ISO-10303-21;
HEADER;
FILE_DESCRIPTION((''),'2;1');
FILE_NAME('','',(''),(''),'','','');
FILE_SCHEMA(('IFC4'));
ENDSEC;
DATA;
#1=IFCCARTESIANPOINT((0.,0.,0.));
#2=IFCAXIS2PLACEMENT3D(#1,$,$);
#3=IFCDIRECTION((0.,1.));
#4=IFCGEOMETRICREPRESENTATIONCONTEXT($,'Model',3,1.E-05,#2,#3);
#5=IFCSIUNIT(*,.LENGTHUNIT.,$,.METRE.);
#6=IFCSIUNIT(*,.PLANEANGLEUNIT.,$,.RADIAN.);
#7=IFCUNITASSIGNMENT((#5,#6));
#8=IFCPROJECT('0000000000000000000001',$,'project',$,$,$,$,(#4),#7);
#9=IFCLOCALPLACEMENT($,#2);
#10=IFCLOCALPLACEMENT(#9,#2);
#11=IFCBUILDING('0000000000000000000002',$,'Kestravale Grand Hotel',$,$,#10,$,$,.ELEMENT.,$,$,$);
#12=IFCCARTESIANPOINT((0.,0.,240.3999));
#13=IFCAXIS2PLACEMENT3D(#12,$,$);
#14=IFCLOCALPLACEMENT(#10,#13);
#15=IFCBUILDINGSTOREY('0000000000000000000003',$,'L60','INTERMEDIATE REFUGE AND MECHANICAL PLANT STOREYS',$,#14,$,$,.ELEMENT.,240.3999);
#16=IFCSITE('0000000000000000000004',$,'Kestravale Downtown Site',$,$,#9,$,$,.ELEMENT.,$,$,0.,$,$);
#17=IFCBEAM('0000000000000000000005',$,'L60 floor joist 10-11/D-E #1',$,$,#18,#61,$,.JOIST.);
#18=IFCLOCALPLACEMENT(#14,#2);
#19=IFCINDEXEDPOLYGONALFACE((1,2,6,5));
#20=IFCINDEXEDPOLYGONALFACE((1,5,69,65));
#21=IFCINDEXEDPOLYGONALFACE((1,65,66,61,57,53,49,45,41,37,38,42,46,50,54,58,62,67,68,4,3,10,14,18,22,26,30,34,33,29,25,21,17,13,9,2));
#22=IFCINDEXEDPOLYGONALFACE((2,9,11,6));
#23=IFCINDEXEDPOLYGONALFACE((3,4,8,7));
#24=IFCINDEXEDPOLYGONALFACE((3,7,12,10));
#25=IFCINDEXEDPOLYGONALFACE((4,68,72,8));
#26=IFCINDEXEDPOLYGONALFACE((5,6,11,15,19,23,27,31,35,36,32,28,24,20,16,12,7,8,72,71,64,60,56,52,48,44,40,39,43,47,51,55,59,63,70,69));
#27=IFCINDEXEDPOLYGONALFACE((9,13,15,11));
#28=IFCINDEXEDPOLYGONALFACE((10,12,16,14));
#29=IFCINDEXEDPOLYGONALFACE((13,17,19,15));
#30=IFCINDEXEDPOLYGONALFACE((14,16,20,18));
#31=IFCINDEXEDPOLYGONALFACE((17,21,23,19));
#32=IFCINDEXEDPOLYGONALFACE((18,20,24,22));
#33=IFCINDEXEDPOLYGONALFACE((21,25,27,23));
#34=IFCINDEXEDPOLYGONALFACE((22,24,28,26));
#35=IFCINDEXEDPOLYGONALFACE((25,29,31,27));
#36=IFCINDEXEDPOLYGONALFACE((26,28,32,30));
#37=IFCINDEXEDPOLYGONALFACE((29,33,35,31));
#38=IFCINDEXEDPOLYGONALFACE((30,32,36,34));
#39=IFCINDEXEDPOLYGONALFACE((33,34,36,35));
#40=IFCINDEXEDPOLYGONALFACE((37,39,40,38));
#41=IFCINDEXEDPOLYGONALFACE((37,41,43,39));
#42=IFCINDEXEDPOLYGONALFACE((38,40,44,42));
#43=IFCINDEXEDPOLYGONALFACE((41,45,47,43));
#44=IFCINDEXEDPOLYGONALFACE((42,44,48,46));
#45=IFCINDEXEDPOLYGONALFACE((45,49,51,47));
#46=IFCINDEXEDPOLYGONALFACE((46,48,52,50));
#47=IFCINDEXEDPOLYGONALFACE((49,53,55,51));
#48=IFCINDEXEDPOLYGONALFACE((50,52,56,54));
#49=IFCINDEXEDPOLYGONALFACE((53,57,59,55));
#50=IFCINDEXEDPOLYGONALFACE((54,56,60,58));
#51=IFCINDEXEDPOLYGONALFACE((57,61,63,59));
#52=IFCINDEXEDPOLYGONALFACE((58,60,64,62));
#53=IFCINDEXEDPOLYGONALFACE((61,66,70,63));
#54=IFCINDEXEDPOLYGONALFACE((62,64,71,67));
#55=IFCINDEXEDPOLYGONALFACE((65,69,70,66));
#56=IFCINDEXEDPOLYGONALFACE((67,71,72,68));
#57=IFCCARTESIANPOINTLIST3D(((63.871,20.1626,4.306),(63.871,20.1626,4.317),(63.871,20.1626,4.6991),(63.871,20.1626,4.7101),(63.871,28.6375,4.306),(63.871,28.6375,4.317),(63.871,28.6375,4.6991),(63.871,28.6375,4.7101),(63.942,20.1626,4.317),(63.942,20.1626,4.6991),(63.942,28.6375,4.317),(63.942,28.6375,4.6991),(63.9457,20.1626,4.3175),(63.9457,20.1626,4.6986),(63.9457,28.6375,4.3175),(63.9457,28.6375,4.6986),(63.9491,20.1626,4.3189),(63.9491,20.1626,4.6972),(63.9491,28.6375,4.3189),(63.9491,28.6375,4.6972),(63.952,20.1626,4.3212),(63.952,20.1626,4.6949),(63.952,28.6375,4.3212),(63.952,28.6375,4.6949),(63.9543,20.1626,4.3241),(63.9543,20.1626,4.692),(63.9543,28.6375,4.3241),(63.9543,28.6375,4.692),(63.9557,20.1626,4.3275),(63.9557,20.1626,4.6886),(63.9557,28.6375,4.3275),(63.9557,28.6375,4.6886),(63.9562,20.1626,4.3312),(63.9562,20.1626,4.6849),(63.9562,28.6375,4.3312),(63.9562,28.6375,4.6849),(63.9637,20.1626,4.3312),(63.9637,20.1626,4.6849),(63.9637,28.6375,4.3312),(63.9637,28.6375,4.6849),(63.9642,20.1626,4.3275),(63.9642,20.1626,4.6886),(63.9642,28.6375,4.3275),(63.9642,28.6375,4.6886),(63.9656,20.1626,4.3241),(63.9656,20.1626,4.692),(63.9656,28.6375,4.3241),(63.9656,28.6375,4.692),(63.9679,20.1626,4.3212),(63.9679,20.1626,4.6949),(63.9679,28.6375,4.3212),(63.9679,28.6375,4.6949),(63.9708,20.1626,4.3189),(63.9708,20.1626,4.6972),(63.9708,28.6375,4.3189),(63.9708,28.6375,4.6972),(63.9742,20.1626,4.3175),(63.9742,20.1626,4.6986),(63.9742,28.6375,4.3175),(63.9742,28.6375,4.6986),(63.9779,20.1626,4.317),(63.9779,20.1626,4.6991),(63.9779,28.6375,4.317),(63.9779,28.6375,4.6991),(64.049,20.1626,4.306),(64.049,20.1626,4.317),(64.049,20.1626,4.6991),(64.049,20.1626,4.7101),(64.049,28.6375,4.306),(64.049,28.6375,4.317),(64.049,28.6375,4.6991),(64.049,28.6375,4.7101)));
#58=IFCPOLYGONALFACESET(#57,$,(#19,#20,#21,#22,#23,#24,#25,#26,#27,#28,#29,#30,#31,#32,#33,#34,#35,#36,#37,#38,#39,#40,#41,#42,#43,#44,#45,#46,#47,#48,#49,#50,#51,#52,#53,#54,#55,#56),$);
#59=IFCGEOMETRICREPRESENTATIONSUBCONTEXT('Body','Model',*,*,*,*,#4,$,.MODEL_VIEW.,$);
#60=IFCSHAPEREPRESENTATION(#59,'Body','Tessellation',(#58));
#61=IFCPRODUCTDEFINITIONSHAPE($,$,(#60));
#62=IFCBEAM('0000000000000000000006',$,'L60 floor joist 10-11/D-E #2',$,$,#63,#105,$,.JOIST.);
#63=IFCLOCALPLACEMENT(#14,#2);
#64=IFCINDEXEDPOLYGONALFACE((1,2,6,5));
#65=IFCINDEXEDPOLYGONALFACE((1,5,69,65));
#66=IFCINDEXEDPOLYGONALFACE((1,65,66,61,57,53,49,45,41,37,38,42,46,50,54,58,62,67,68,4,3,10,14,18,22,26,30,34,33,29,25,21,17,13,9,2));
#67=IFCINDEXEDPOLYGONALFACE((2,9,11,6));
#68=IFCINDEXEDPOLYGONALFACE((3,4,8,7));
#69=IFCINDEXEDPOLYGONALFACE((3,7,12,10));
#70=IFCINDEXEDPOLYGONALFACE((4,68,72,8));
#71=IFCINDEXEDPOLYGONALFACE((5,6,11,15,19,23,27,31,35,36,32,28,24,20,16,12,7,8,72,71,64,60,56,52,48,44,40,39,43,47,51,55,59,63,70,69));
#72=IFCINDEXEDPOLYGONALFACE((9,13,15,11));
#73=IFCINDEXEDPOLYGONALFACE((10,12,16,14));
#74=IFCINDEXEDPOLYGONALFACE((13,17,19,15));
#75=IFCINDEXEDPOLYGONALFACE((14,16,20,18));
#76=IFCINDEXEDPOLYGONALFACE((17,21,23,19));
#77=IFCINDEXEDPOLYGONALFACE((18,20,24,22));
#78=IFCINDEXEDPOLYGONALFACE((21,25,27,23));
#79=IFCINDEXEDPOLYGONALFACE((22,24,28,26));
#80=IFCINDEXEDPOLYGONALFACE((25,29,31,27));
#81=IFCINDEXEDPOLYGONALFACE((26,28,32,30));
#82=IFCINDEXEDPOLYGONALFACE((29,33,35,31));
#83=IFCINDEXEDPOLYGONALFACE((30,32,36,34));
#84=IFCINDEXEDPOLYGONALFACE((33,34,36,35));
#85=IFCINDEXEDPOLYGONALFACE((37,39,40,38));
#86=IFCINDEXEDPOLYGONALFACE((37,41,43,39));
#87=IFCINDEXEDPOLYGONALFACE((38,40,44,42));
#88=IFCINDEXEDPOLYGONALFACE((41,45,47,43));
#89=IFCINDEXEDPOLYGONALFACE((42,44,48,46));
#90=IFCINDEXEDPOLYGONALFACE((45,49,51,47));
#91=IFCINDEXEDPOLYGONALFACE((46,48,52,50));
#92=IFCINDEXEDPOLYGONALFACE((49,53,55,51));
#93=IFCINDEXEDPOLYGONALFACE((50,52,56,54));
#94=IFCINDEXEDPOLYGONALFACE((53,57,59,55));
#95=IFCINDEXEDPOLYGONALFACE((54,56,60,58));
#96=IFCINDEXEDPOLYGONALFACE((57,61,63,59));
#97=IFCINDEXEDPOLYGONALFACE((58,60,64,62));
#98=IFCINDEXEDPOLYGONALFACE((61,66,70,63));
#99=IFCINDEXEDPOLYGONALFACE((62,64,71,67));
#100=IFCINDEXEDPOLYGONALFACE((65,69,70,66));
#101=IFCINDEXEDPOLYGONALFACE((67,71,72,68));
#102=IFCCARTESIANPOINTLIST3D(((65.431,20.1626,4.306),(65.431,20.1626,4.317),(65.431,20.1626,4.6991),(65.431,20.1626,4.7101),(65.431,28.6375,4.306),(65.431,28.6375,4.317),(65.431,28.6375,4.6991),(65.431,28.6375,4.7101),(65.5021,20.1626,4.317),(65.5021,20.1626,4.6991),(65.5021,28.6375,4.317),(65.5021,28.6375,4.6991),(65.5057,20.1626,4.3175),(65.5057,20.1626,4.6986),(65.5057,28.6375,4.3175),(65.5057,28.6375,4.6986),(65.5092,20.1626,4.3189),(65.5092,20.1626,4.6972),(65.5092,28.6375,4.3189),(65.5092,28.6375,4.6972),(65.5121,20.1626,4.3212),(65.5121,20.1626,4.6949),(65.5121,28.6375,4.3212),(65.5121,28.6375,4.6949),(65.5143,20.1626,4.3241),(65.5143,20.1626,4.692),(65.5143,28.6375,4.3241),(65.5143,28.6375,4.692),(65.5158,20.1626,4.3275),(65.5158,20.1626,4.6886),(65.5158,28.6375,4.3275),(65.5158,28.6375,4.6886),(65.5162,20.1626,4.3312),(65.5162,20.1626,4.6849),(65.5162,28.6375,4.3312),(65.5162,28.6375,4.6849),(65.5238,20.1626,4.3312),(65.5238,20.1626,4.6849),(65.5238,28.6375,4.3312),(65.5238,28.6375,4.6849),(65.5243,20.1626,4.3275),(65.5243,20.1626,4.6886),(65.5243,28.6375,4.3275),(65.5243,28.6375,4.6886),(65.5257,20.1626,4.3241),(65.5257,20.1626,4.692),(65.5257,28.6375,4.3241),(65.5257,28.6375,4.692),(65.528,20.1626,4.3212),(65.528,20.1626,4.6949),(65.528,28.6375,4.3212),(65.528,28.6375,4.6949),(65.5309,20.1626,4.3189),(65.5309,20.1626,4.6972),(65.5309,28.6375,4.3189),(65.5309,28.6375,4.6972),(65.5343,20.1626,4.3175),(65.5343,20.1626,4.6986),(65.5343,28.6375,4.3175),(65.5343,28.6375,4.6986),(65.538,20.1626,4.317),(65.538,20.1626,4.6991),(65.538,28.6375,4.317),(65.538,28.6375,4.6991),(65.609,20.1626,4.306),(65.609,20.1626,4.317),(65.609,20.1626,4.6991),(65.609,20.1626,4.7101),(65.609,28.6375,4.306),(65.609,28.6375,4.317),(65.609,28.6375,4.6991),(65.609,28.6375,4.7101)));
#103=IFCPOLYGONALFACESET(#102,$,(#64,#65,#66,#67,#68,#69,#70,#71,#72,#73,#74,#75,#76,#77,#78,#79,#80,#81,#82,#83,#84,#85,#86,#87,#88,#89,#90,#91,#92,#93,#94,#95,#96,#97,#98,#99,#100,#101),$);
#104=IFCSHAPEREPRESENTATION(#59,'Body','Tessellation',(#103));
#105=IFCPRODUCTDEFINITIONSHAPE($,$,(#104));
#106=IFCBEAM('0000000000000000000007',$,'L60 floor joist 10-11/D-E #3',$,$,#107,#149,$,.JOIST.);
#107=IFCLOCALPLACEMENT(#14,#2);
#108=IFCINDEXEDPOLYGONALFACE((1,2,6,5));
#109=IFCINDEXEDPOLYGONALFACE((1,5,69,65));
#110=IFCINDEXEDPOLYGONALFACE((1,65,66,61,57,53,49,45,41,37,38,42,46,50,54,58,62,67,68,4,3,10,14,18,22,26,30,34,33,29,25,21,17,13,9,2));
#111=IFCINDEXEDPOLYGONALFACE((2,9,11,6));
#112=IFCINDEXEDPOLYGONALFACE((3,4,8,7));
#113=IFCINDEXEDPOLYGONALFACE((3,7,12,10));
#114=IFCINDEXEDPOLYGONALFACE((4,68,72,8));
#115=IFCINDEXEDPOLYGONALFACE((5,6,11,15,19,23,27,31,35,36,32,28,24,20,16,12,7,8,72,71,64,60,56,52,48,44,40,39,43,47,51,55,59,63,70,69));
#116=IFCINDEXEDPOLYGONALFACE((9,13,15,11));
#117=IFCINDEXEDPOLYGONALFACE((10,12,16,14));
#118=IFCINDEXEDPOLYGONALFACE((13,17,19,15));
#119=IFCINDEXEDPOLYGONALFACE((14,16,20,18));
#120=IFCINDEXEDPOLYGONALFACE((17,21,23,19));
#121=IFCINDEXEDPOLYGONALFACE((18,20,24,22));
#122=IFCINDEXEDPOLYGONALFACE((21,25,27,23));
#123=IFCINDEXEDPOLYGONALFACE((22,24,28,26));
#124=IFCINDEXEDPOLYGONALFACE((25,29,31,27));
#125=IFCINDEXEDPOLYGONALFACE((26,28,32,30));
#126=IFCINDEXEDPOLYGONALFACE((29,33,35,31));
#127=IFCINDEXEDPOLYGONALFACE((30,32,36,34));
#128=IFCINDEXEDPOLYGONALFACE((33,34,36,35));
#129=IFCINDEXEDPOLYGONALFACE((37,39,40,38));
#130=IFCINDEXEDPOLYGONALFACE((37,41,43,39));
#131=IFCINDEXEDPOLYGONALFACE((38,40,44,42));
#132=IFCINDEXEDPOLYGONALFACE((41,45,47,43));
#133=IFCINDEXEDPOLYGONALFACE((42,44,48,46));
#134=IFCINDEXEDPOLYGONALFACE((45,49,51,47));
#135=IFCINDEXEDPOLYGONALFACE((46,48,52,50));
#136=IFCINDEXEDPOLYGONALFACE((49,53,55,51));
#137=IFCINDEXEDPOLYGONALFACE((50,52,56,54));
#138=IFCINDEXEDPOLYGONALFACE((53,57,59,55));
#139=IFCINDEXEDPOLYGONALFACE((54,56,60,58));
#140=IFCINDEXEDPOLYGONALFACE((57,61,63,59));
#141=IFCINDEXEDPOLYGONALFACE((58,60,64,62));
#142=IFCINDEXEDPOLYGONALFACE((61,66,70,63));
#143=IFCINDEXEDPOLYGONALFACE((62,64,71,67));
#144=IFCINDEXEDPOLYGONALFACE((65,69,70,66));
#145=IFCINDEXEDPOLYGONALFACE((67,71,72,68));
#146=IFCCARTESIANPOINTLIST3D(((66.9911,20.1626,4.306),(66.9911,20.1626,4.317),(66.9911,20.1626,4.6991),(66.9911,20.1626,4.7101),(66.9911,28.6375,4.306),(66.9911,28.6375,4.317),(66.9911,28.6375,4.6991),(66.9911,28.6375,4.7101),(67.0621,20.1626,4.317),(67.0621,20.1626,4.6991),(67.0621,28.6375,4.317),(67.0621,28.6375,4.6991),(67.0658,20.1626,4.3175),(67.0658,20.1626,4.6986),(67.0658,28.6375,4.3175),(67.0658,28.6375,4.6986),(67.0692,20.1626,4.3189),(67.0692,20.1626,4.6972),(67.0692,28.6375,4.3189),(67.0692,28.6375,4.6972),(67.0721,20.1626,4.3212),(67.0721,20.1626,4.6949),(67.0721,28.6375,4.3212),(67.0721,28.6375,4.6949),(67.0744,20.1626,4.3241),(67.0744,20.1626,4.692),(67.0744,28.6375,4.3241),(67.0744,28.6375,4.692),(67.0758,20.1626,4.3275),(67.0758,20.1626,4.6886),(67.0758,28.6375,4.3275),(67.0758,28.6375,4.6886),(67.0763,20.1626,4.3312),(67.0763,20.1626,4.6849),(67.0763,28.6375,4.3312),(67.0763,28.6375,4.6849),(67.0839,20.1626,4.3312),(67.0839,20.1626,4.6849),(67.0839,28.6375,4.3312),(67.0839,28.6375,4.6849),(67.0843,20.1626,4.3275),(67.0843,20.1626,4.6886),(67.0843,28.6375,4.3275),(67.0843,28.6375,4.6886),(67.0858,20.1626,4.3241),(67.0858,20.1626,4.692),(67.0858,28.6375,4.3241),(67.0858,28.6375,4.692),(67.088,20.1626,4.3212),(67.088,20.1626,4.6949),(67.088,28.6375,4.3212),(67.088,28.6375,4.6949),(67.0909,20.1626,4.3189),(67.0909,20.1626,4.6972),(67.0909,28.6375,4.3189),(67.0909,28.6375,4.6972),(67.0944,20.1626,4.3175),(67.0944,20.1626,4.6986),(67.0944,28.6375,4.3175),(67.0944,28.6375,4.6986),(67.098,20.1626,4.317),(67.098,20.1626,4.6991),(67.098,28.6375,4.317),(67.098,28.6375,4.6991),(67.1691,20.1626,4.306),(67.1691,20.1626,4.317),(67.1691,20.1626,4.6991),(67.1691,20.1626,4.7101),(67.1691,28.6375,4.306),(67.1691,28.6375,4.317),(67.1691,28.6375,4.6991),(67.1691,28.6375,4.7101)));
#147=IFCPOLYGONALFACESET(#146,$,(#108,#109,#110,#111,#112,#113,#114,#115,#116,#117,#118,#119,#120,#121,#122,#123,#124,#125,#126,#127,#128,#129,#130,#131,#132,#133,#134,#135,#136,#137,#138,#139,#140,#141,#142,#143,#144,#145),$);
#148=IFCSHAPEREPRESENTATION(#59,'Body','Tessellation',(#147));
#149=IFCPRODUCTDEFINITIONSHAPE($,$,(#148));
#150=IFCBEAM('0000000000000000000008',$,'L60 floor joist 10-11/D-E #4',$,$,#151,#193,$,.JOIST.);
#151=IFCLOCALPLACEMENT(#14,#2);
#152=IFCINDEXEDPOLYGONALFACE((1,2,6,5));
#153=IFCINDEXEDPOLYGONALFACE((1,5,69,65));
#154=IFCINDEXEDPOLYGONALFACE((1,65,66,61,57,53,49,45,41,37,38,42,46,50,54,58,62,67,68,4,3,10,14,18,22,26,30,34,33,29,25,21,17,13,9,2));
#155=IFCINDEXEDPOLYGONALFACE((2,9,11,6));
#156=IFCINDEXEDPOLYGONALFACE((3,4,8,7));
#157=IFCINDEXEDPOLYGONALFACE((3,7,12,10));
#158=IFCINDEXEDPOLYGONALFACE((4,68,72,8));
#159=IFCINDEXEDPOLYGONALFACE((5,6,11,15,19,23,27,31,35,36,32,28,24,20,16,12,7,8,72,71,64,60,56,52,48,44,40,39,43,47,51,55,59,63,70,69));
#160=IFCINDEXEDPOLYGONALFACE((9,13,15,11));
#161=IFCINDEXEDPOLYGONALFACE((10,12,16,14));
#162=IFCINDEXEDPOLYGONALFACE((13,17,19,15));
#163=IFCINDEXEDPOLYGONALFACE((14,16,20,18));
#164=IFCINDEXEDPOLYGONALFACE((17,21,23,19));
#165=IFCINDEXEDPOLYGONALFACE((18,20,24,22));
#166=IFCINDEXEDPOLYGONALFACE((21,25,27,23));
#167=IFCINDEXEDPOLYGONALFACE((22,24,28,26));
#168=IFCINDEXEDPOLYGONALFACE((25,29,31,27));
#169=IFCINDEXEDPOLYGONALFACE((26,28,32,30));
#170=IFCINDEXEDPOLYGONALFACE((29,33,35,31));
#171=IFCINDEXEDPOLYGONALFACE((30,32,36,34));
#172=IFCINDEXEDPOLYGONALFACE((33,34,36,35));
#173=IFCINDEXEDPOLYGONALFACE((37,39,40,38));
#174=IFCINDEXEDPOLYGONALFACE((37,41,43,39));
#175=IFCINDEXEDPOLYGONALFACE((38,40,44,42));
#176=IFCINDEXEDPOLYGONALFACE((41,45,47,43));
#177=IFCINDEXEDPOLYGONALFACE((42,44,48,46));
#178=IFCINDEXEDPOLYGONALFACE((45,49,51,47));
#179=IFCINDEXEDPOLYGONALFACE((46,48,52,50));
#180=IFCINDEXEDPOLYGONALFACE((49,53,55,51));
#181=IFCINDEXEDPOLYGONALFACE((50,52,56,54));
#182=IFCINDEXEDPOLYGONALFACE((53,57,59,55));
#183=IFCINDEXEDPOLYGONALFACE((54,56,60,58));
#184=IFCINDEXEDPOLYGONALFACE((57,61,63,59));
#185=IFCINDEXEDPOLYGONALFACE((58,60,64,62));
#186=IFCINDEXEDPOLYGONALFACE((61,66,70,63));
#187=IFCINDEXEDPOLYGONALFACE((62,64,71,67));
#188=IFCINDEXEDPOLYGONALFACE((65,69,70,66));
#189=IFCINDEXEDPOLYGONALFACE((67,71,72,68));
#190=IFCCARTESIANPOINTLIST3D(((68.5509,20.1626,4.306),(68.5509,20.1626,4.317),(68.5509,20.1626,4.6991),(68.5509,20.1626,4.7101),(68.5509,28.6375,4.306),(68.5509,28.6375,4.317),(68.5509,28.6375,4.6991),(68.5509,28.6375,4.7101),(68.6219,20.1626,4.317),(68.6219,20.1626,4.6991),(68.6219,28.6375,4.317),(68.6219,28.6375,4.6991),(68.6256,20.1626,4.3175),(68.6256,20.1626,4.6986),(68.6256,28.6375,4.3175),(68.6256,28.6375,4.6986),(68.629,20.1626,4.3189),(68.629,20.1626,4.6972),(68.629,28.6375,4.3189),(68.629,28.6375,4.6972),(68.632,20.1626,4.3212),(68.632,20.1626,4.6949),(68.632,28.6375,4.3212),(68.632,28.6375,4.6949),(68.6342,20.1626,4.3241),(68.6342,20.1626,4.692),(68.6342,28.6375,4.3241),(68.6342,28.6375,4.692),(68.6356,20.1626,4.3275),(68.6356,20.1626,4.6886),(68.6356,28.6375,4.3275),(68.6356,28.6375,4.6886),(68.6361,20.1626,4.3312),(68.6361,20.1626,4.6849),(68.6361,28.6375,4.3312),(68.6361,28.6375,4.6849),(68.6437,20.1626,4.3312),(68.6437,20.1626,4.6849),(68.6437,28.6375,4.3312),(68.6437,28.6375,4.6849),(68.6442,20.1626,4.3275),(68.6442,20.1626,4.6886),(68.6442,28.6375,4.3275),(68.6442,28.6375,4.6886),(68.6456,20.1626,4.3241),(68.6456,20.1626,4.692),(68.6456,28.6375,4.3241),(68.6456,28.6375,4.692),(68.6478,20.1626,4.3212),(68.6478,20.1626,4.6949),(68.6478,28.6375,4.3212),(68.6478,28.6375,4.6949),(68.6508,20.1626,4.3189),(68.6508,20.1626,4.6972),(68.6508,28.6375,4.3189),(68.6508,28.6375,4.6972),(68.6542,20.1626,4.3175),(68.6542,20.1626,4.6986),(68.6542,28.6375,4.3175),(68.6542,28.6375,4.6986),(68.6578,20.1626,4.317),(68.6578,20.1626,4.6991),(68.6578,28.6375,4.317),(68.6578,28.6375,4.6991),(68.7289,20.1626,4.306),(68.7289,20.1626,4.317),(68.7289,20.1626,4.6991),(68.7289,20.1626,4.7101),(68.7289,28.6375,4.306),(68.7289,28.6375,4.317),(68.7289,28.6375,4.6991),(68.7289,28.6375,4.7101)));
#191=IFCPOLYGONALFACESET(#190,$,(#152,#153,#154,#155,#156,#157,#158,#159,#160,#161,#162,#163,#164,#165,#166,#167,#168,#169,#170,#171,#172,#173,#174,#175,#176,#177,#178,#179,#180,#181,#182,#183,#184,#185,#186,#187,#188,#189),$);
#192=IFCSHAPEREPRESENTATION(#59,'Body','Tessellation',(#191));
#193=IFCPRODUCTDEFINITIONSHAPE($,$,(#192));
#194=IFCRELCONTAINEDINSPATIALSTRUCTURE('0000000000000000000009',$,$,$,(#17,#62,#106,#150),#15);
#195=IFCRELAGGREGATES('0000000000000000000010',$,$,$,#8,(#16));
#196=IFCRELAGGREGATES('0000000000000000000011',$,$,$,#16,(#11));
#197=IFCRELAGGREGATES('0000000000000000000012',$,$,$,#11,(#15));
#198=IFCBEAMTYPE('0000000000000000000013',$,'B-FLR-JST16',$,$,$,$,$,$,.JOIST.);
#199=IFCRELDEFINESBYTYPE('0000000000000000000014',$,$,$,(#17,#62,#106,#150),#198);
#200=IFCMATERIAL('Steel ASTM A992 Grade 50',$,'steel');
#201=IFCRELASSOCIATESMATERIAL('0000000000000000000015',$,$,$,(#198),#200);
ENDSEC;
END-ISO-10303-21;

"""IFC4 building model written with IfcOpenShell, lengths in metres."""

from ifc_helpers import new_model, si_unit, direction, frame, origin, origin_2d, place, context, subcontext, project, spatial, i_section, extrude, material, material_profile, profile_set, type_object, element, save


model = new_model("IFC4")

# Units and contexts
model_context = context("Model", 3, precision=1e-05, world=origin(), true_north=direction((0.0, 1.0)))
body_context = subcontext(model_context, "Body", "Model", "MODEL_VIEW")
ifc_project = project(units=[si_unit("LENGTHUNIT", "METRE"), si_unit("PLANEANGLEUNIT", "RADIAN")], contexts=[model_context])

# Site, building, storey
site_placement = place(None, origin())
site = spatial("IfcSite", under=ifc_project, at=site_placement, Name="Kestravale Downtown Site", CompositionType="ELEMENT", RefElevation=0.0)
building_placement = place(site_placement, origin())
building = spatial("IfcBuilding", under=site, at=building_placement, Name="Kestravale Grand Hotel", CompositionType="ELEMENT")
storey_placement = place(building_placement, frame((0.0, 0.0, 240.3999)))
storey = spatial("IfcBuildingStorey", under=building, at=storey_placement, Name="L60", Description="INTERMEDIATE REFUGE AND MECHANICAL PLANT STOREYS", CompositionType="ELEMENT", Elevation=240.3999)

# Beams
ifc_material_1 = material(Name="Steel ASTM A992 Grade 50", Category="steel")
ifc_material_profile_1 = material_profile(ifc_material_1, i_section(OverallWidth=0.178, OverallDepth=0.4041, WebThickness=0.0076, FlangeThickness=0.011, FilletRadius=0.0142, at=origin_2d()))
ifc_profile_set_1 = profile_set([ifc_material_profile_1], Name="Steel ASTM A992 Grade 50")
beam_type_1 = type_object("IfcBeamType", Name="B-FLR-JST16", PredefinedType="JOIST", material=ifc_profile_set_1)
for number, where, z_axis, x_axis, name in (
    (1, (63.96, 20.1626, 4.5081), (0.0, 1.0, 0.0), (-1.0, 0.0, 0.0), "L60 floor joist 10-11/D-E #1"),
    (2, (65.52, 20.1626, 4.5081), (0.0, 1.0, 0.0), (-1.0, 0.0, 0.0), "L60 floor joist 10-11/D-E #2"),
    (3, (67.0801, 20.1626, 4.5081), (0.0, 1.0, 0.0), (-1.0, 0.0, 0.0), "L60 floor joist 10-11/D-E #3"),
    (4, (68.6399, 20.1626, 4.5081), (0.0, 1.0, 0.0), (-1.0, 0.0, 0.0), "L60 floor joist 10-11/D-E #4"),
):
    element("IfcBeam", number, at=place(storey_placement, frame(where, z_axis=z_axis, x_axis=x_axis)), inside=storey, type_object=beam_type_1, Name=name, PredefinedType="JOIST", context=body_context, shape_type="SweptSolid", body=[
        extrude(i_section(OverallWidth=0.178, OverallDepth=0.4041, WebThickness=0.0076, FlangeThickness=0.011, FilletRadius=0.0142, at=origin_2d()), origin(), (0.0, 0.0, 1.0), 8.4749),
    ])

save(model, "model.ifc")
